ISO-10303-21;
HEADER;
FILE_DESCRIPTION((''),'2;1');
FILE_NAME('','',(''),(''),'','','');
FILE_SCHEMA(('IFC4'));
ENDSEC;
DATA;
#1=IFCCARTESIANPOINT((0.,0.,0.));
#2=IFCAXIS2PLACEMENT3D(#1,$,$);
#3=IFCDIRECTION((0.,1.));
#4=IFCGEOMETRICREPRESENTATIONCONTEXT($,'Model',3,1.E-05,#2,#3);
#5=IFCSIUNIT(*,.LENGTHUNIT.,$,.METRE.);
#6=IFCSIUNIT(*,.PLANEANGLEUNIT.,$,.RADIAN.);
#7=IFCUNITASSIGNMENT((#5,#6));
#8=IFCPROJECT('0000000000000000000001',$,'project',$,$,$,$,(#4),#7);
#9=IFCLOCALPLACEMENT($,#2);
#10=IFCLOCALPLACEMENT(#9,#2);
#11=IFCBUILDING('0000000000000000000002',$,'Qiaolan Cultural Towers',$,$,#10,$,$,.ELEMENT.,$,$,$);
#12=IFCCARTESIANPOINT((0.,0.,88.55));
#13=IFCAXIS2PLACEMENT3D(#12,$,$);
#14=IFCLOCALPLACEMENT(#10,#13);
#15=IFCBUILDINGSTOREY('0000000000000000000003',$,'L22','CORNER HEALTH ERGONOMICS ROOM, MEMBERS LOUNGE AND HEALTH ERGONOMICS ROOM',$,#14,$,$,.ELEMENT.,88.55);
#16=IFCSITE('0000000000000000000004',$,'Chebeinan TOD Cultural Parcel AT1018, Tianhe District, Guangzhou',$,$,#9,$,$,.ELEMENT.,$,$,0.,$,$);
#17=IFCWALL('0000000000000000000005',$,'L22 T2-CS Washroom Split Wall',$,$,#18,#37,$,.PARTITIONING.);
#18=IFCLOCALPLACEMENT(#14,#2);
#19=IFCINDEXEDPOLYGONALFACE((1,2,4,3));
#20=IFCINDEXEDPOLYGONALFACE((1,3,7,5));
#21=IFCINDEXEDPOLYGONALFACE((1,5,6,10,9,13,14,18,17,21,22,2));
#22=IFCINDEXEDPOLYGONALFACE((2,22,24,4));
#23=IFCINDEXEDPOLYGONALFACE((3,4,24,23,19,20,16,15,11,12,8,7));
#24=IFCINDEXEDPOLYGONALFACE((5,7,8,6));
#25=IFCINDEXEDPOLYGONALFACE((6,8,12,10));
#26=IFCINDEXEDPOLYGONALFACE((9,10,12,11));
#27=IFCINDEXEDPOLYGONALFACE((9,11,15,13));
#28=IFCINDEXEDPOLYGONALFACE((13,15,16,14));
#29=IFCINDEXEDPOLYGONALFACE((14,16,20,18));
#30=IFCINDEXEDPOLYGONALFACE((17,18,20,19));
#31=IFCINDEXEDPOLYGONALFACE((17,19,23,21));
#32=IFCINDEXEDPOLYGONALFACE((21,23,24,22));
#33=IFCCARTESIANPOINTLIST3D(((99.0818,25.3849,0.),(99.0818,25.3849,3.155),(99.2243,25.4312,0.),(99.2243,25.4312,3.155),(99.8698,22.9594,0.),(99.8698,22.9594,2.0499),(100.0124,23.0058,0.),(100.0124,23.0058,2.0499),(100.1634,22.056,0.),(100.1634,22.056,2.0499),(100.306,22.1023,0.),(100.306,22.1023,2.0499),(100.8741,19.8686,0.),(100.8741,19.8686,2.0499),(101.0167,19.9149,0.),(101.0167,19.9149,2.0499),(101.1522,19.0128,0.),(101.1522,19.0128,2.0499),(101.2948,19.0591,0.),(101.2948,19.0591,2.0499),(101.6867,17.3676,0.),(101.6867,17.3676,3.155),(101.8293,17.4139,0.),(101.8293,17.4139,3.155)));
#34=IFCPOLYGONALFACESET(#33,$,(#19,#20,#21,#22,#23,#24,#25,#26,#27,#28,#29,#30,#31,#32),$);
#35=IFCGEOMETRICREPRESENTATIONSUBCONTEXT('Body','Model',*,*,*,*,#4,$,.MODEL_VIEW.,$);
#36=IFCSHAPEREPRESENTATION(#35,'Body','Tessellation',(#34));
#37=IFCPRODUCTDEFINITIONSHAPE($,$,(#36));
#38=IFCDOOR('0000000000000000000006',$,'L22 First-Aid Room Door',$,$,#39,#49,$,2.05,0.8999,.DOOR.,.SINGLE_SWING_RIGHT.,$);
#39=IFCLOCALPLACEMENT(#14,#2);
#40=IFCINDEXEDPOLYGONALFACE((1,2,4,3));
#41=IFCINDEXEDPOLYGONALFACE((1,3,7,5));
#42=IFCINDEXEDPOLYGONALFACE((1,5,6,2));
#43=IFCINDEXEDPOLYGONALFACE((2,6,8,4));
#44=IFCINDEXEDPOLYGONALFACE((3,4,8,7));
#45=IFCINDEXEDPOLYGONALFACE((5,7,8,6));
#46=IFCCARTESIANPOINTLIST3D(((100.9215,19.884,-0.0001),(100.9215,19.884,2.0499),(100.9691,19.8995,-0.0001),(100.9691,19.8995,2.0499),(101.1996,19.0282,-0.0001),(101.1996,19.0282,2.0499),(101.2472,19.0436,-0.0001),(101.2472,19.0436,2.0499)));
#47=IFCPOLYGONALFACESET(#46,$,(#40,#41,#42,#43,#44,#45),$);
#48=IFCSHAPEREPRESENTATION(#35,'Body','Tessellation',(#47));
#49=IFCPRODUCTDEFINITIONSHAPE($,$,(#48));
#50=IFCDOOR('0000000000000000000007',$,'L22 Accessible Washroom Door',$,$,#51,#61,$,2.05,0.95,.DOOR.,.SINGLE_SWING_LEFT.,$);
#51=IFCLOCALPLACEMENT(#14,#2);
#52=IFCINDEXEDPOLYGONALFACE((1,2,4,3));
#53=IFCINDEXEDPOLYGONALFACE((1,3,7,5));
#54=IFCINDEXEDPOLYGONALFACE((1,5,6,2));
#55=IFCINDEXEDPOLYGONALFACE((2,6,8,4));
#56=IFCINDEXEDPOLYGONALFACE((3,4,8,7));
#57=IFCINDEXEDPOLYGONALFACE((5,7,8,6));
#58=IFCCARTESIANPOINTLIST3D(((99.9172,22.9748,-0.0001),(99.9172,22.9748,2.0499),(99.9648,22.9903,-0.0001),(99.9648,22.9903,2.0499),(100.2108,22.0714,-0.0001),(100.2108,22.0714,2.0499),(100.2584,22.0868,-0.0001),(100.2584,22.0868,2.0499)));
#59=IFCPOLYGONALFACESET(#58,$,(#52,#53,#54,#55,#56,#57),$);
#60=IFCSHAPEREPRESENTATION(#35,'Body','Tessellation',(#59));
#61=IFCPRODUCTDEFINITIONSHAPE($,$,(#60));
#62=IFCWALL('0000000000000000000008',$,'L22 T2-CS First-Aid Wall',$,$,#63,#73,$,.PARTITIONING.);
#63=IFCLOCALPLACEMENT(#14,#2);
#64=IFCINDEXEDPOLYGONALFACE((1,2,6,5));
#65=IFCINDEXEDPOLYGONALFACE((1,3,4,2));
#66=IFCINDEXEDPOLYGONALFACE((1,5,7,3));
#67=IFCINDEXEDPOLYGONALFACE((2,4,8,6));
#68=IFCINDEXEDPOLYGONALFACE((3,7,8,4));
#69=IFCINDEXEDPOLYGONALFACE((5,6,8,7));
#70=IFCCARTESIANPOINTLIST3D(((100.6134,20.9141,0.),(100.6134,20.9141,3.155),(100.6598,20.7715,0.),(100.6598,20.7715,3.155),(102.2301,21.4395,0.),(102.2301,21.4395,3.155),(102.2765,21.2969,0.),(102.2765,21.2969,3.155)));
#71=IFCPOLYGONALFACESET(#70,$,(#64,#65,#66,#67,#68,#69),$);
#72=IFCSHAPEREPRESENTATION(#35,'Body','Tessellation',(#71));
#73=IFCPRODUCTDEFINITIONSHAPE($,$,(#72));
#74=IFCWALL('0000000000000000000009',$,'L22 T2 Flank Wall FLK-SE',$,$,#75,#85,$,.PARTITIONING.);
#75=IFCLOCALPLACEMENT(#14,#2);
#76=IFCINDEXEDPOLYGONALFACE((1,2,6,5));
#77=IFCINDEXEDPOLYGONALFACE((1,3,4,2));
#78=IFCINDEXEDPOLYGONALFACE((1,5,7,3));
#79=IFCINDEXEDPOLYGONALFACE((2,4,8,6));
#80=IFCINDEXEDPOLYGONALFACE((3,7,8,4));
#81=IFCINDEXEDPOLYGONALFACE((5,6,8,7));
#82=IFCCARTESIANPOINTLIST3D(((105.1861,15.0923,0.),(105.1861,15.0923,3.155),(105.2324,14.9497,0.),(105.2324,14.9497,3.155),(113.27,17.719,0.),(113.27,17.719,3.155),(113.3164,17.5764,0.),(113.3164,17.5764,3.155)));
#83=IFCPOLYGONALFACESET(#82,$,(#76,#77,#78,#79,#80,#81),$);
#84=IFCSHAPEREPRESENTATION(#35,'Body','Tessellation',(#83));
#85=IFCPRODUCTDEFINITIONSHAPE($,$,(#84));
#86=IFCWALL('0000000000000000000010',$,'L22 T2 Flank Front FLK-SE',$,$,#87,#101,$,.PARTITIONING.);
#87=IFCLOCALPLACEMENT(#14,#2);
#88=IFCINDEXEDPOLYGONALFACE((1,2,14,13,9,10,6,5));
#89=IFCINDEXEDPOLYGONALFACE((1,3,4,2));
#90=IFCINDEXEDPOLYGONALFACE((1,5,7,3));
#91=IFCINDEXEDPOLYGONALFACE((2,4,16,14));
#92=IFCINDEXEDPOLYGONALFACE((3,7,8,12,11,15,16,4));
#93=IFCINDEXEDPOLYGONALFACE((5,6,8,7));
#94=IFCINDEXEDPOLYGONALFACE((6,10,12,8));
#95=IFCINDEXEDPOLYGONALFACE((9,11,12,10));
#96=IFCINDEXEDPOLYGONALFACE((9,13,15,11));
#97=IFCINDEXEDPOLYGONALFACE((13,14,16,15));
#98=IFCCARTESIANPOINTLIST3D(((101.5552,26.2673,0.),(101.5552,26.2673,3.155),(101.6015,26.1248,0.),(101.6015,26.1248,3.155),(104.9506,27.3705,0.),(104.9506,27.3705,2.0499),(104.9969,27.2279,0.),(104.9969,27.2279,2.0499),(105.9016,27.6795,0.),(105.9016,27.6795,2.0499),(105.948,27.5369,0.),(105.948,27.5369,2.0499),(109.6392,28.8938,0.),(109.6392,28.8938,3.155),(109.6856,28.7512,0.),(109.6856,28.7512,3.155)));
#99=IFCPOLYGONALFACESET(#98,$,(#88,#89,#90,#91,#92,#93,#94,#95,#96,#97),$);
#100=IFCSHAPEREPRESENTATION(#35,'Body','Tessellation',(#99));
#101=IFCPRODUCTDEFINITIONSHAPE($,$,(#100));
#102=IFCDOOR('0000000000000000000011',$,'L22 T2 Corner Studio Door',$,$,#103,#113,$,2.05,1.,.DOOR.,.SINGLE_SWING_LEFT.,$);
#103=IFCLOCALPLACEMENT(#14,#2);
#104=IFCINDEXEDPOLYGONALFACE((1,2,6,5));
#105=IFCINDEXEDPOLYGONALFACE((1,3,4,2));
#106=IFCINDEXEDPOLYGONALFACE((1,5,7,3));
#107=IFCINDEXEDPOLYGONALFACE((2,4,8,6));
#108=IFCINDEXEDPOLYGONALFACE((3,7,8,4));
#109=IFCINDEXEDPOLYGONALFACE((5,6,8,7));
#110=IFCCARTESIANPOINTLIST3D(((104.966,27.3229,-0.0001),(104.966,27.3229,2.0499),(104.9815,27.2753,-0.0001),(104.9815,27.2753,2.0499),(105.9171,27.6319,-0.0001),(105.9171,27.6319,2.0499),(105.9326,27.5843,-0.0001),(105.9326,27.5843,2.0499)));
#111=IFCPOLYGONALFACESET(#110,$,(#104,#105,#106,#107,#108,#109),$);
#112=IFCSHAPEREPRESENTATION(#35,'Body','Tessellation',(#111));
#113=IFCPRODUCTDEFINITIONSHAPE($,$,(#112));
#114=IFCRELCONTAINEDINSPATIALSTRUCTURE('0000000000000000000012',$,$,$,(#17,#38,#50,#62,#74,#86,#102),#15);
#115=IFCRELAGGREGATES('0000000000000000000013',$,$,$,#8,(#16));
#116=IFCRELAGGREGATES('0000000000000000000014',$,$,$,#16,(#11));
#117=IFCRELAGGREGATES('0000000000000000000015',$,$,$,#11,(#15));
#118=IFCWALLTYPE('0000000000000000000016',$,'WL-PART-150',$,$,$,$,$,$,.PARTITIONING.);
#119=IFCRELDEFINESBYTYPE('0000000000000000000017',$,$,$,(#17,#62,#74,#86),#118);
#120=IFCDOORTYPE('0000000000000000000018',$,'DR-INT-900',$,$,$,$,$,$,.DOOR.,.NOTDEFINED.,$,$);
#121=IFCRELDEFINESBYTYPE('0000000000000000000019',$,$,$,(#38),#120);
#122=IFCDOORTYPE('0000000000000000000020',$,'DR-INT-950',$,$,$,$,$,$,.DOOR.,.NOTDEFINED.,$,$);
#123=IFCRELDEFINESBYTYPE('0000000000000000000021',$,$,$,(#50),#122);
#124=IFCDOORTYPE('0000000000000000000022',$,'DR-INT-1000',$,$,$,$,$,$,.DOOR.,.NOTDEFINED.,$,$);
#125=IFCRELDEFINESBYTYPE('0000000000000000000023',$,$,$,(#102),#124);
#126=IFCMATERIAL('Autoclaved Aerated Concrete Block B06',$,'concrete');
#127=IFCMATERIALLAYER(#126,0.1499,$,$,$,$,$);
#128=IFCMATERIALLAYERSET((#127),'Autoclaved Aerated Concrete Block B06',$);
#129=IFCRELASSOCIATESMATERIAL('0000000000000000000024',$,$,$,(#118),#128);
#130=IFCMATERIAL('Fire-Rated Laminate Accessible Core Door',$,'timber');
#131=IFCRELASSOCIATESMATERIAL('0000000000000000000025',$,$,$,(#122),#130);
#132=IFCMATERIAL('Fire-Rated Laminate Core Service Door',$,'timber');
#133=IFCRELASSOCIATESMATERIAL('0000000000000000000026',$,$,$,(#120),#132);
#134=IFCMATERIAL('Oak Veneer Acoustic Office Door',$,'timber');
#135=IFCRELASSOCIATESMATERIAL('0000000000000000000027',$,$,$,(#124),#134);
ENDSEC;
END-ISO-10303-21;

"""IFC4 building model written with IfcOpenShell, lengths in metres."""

from ifc_helpers import new_model, si_unit, direction, frame, frame_2d, origin, place, context, subcontext, project, spatial, rectangle, extrude, material, layer, layer_set, type_object, element, fill, save


model = new_model("IFC4")

# Units and contexts
model_context = context("Model", 3, precision=1e-05, world=origin(), true_north=direction((0.0, 1.0)))
body_context = subcontext(model_context, "Body", "Model", "MODEL_VIEW")
ifc_project = project(units=[si_unit("LENGTHUNIT", "METRE"), si_unit("PLANEANGLEUNIT", "RADIAN")], contexts=[model_context])

# Site, building, storey
site_placement = place(None, origin())
site = spatial("IfcSite", under=ifc_project, at=site_placement, Name="Chebeinan TOD Cultural Parcel AT1018, Tianhe District, Guangzhou", CompositionType="ELEMENT", RefElevation=0.0)
building_placement = place(site_placement, origin())
building = spatial("IfcBuilding", under=site, at=building_placement, Name="Qiaolan Cultural Towers", CompositionType="ELEMENT")
storey_placement = place(building_placement, frame((0.0, 0.0, 88.55)))
storey = spatial("IfcBuildingStorey", under=building, at=storey_placement, Name="L22", Description="CORNER HEALTH ERGONOMICS ROOM, MEMBERS LOUNGE AND HEALTH ERGONOMICS ROOM", CompositionType="ELEMENT", Elevation=88.55)

# Shared definitions
ifc_material_1 = material(Name="Autoclaved Aerated Concrete Block B06", Category="concrete")
ifc_layer_1 = layer(ifc_material_1, 0.1499)
ifc_layer_set_1 = layer_set([ifc_layer_1], Name="Autoclaved Aerated Concrete Block B06")
wall_type_1 = type_object("IfcWallType", Name="WL-PART-150", PredefinedType="PARTITIONING", material=ifc_layer_set_1)

# Shared definitions
ifc_material_2 = material(Name="Fire-Rated Laminate Accessible Core Door", Category="timber")
door_type_1 = type_object("IfcDoorType", Name="DR-INT-950", OperationType="NOTDEFINED", PredefinedType="DOOR", material=ifc_material_2)

# Wall, openings, doors
wall_1_placement = place(storey_placement, frame((99.1531, 25.408, 0.0), z_axis=(0.0, 0.0, 1.0), x_axis=(0.309016, -0.951057, 0.0)))
wall_1 = element("IfcWall", 1, at=wall_1_placement, inside=storey, type_object=wall_type_1, Name="L22 T2-CS Washroom Split Wall", PredefinedType="PARTITIONING", context=body_context, shape_type="SweptSolid", body=[
    extrude(rectangle(XDim=8.4299, YDim=0.1499, at=frame_2d((4.2148, 0.0))), origin(), (0.0, 0.0, 1.0), 3.155),
])
opening_1_placement = place(wall_1_placement, frame((2.55, 0.0, 0.0)))
opening_1 = element("IfcOpeningElement", 2, at=opening_1_placement, cuts=wall_1, PredefinedType="OPENING", context=body_context, shape_type="SweptSolid", body=[
    extrude(rectangle(XDim=0.95, YDim=2.05, at=frame_2d((0.4751, 1.0249))), frame((0.0, 0.085, 0.0), z_axis=(0.0, -1.0, 0.0), x_axis=(1.0, 0.0, 0.0)), (0.0, 0.0, 1.0), 0.1699),
])
opening_2_placement = place(wall_1_placement, frame((5.8, 0.0, 0.0)))
opening_2 = element("IfcOpeningElement", 3, at=opening_2_placement, cuts=wall_1, PredefinedType="OPENING", context=body_context, shape_type="SweptSolid", body=[
    extrude(rectangle(XDim=0.8999, YDim=2.05, at=frame_2d((0.45, 1.0249))), frame((0.0, 0.085, 0.0), z_axis=(0.0, -1.0, 0.0), x_axis=(1.0, 0.0, 0.0)), (0.0, 0.0, 1.0), 0.1699),
])
ifc_material_3 = material(Name="Fire-Rated Laminate Core Service Door", Category="timber")
door_type_2 = type_object("IfcDoorType", Name="DR-INT-900", OperationType="NOTDEFINED", PredefinedType="DOOR", material=ifc_material_3)
door_1_placement = place(opening_2_placement, origin())
door_1 = element("IfcDoor", 4, at=door_1_placement, inside=storey, type_object=door_type_2, Name="L22 First-Aid Room Door", OperationType="SINGLE_SWING_RIGHT", OverallHeight=2.05, OverallWidth=0.8999, PredefinedType="DOOR", context=body_context, shape_type="SweptSolid", body=[
    extrude(rectangle(XDim=0.8999, YDim=2.05, at=frame_2d((0.45, 1.0249))), frame((0.0, 0.0249, 0.0), z_axis=(0.0, -1.0, 0.0), x_axis=(1.0, 0.0, 0.0)), (0.0, 0.0, 1.0), 0.05),
])
fill(opening_2, door_1)
door_2_placement = place(opening_1_placement, origin())
door_2 = element("IfcDoor", 5, at=door_2_placement, inside=storey, type_object=door_type_1, Name="L22 Accessible Washroom Door", OperationType="SINGLE_SWING_LEFT", OverallHeight=2.05, OverallWidth=0.95, PredefinedType="DOOR", context=body_context, shape_type="SweptSolid", body=[
    extrude(rectangle(XDim=0.95, YDim=2.05, at=frame_2d((0.4751, 1.0249))), frame((0.0, 0.0249, 0.0), z_axis=(0.0, -1.0, 0.0), x_axis=(1.0, 0.0, 0.0)), (0.0, 0.0, 1.0), 0.05),
])
fill(opening_1, door_2)

# Walls
wall_2_placement = place(storey_placement, frame((100.6365, 20.8428, 0.0), z_axis=(0.0, 0.0, 1.0), x_axis=(0.95104, 0.309067, 0.0)))
element("IfcWall", 6, at=wall_2_placement, inside=storey, type_object=wall_type_1, Name="L22 T2-CS First-Aid Wall", PredefinedType="PARTITIONING", context=body_context, shape_type="SweptSolid", body=[
    extrude(rectangle(XDim=1.7, YDim=0.1499, at=frame_2d((0.8501, 0.0))), origin(), (0.0, 0.0, 1.0), 3.155),
])
wall_3_placement = place(storey_placement, frame((105.2092, 15.021, 0.0), z_axis=(0.0, 0.0, 1.0), x_axis=(0.951054, 0.309024, 0.0)))
element("IfcWall", 7, at=wall_3_placement, inside=storey, type_object=wall_type_1, Name="L22 T2 Flank Wall FLK-SE", PredefinedType="PARTITIONING", context=body_context, shape_type="SweptSolid", body=[
    extrude(rectangle(XDim=8.5, YDim=0.1499, at=frame_2d((4.25, 0.0))), origin(), (0.0, 0.0, 1.0), 3.155),
])

# Wall, opening, door
wall_4_placement = place(storey_placement, frame((101.5784, 26.196, 0.0), z_axis=(0.0, 0.0, 1.0), x_axis=(0.951063, 0.308998, 0.0)))
wall_4 = element("IfcWall", 8, at=wall_4_placement, inside=storey, type_object=wall_type_1, Name="L22 T2 Flank Front FLK-SE", PredefinedType="PARTITIONING", context=body_context, shape_type="SweptSolid", body=[
    extrude(rectangle(XDim=8.5, YDim=0.1499, at=frame_2d((4.25, 0.0))), origin(), (0.0, 0.0, 1.0), 3.155),
])
opening_3_placement = place(wall_4_placement, frame((3.5701, 0.0, 0.0)))
opening_3 = element("IfcOpeningElement", 9, at=opening_3_placement, cuts=wall_4, PredefinedType="OPENING", context=body_context, shape_type="SweptSolid", body=[
    extrude(rectangle(XDim=1.0, YDim=2.05, at=frame_2d((0.5, 1.0249))), frame((0.0, 0.085, 0.0), z_axis=(0.0, -1.0, 0.0), x_axis=(1.0, 0.0, 0.0)), (0.0, 0.0, 1.0), 0.1699),
])
ifc_material_4 = material(Name="Oak Veneer Acoustic Office Door", Category="timber")
door_type_3 = type_object("IfcDoorType", Name="DR-INT-1000", OperationType="NOTDEFINED", PredefinedType="DOOR", material=ifc_material_4)
door_3_placement = place(opening_3_placement, origin())
door_3 = element("IfcDoor", 10, at=door_3_placement, inside=storey, type_object=door_type_3, Name="L22 T2 Corner Studio Door", OperationType="SINGLE_SWING_LEFT", OverallHeight=2.05, OverallWidth=1.0, PredefinedType="DOOR", context=body_context, shape_type="SweptSolid", body=[
    extrude(rectangle(XDim=1.0, YDim=2.05, at=frame_2d((0.5, 1.0249))), frame((0.0, 0.0249, 0.0), z_axis=(0.0, -1.0, 0.0), x_axis=(1.0, 0.0, 0.0)), (0.0, 0.0, 1.0), 0.05),
])
fill(opening_3, door_3)

save(model, "model.ifc")
